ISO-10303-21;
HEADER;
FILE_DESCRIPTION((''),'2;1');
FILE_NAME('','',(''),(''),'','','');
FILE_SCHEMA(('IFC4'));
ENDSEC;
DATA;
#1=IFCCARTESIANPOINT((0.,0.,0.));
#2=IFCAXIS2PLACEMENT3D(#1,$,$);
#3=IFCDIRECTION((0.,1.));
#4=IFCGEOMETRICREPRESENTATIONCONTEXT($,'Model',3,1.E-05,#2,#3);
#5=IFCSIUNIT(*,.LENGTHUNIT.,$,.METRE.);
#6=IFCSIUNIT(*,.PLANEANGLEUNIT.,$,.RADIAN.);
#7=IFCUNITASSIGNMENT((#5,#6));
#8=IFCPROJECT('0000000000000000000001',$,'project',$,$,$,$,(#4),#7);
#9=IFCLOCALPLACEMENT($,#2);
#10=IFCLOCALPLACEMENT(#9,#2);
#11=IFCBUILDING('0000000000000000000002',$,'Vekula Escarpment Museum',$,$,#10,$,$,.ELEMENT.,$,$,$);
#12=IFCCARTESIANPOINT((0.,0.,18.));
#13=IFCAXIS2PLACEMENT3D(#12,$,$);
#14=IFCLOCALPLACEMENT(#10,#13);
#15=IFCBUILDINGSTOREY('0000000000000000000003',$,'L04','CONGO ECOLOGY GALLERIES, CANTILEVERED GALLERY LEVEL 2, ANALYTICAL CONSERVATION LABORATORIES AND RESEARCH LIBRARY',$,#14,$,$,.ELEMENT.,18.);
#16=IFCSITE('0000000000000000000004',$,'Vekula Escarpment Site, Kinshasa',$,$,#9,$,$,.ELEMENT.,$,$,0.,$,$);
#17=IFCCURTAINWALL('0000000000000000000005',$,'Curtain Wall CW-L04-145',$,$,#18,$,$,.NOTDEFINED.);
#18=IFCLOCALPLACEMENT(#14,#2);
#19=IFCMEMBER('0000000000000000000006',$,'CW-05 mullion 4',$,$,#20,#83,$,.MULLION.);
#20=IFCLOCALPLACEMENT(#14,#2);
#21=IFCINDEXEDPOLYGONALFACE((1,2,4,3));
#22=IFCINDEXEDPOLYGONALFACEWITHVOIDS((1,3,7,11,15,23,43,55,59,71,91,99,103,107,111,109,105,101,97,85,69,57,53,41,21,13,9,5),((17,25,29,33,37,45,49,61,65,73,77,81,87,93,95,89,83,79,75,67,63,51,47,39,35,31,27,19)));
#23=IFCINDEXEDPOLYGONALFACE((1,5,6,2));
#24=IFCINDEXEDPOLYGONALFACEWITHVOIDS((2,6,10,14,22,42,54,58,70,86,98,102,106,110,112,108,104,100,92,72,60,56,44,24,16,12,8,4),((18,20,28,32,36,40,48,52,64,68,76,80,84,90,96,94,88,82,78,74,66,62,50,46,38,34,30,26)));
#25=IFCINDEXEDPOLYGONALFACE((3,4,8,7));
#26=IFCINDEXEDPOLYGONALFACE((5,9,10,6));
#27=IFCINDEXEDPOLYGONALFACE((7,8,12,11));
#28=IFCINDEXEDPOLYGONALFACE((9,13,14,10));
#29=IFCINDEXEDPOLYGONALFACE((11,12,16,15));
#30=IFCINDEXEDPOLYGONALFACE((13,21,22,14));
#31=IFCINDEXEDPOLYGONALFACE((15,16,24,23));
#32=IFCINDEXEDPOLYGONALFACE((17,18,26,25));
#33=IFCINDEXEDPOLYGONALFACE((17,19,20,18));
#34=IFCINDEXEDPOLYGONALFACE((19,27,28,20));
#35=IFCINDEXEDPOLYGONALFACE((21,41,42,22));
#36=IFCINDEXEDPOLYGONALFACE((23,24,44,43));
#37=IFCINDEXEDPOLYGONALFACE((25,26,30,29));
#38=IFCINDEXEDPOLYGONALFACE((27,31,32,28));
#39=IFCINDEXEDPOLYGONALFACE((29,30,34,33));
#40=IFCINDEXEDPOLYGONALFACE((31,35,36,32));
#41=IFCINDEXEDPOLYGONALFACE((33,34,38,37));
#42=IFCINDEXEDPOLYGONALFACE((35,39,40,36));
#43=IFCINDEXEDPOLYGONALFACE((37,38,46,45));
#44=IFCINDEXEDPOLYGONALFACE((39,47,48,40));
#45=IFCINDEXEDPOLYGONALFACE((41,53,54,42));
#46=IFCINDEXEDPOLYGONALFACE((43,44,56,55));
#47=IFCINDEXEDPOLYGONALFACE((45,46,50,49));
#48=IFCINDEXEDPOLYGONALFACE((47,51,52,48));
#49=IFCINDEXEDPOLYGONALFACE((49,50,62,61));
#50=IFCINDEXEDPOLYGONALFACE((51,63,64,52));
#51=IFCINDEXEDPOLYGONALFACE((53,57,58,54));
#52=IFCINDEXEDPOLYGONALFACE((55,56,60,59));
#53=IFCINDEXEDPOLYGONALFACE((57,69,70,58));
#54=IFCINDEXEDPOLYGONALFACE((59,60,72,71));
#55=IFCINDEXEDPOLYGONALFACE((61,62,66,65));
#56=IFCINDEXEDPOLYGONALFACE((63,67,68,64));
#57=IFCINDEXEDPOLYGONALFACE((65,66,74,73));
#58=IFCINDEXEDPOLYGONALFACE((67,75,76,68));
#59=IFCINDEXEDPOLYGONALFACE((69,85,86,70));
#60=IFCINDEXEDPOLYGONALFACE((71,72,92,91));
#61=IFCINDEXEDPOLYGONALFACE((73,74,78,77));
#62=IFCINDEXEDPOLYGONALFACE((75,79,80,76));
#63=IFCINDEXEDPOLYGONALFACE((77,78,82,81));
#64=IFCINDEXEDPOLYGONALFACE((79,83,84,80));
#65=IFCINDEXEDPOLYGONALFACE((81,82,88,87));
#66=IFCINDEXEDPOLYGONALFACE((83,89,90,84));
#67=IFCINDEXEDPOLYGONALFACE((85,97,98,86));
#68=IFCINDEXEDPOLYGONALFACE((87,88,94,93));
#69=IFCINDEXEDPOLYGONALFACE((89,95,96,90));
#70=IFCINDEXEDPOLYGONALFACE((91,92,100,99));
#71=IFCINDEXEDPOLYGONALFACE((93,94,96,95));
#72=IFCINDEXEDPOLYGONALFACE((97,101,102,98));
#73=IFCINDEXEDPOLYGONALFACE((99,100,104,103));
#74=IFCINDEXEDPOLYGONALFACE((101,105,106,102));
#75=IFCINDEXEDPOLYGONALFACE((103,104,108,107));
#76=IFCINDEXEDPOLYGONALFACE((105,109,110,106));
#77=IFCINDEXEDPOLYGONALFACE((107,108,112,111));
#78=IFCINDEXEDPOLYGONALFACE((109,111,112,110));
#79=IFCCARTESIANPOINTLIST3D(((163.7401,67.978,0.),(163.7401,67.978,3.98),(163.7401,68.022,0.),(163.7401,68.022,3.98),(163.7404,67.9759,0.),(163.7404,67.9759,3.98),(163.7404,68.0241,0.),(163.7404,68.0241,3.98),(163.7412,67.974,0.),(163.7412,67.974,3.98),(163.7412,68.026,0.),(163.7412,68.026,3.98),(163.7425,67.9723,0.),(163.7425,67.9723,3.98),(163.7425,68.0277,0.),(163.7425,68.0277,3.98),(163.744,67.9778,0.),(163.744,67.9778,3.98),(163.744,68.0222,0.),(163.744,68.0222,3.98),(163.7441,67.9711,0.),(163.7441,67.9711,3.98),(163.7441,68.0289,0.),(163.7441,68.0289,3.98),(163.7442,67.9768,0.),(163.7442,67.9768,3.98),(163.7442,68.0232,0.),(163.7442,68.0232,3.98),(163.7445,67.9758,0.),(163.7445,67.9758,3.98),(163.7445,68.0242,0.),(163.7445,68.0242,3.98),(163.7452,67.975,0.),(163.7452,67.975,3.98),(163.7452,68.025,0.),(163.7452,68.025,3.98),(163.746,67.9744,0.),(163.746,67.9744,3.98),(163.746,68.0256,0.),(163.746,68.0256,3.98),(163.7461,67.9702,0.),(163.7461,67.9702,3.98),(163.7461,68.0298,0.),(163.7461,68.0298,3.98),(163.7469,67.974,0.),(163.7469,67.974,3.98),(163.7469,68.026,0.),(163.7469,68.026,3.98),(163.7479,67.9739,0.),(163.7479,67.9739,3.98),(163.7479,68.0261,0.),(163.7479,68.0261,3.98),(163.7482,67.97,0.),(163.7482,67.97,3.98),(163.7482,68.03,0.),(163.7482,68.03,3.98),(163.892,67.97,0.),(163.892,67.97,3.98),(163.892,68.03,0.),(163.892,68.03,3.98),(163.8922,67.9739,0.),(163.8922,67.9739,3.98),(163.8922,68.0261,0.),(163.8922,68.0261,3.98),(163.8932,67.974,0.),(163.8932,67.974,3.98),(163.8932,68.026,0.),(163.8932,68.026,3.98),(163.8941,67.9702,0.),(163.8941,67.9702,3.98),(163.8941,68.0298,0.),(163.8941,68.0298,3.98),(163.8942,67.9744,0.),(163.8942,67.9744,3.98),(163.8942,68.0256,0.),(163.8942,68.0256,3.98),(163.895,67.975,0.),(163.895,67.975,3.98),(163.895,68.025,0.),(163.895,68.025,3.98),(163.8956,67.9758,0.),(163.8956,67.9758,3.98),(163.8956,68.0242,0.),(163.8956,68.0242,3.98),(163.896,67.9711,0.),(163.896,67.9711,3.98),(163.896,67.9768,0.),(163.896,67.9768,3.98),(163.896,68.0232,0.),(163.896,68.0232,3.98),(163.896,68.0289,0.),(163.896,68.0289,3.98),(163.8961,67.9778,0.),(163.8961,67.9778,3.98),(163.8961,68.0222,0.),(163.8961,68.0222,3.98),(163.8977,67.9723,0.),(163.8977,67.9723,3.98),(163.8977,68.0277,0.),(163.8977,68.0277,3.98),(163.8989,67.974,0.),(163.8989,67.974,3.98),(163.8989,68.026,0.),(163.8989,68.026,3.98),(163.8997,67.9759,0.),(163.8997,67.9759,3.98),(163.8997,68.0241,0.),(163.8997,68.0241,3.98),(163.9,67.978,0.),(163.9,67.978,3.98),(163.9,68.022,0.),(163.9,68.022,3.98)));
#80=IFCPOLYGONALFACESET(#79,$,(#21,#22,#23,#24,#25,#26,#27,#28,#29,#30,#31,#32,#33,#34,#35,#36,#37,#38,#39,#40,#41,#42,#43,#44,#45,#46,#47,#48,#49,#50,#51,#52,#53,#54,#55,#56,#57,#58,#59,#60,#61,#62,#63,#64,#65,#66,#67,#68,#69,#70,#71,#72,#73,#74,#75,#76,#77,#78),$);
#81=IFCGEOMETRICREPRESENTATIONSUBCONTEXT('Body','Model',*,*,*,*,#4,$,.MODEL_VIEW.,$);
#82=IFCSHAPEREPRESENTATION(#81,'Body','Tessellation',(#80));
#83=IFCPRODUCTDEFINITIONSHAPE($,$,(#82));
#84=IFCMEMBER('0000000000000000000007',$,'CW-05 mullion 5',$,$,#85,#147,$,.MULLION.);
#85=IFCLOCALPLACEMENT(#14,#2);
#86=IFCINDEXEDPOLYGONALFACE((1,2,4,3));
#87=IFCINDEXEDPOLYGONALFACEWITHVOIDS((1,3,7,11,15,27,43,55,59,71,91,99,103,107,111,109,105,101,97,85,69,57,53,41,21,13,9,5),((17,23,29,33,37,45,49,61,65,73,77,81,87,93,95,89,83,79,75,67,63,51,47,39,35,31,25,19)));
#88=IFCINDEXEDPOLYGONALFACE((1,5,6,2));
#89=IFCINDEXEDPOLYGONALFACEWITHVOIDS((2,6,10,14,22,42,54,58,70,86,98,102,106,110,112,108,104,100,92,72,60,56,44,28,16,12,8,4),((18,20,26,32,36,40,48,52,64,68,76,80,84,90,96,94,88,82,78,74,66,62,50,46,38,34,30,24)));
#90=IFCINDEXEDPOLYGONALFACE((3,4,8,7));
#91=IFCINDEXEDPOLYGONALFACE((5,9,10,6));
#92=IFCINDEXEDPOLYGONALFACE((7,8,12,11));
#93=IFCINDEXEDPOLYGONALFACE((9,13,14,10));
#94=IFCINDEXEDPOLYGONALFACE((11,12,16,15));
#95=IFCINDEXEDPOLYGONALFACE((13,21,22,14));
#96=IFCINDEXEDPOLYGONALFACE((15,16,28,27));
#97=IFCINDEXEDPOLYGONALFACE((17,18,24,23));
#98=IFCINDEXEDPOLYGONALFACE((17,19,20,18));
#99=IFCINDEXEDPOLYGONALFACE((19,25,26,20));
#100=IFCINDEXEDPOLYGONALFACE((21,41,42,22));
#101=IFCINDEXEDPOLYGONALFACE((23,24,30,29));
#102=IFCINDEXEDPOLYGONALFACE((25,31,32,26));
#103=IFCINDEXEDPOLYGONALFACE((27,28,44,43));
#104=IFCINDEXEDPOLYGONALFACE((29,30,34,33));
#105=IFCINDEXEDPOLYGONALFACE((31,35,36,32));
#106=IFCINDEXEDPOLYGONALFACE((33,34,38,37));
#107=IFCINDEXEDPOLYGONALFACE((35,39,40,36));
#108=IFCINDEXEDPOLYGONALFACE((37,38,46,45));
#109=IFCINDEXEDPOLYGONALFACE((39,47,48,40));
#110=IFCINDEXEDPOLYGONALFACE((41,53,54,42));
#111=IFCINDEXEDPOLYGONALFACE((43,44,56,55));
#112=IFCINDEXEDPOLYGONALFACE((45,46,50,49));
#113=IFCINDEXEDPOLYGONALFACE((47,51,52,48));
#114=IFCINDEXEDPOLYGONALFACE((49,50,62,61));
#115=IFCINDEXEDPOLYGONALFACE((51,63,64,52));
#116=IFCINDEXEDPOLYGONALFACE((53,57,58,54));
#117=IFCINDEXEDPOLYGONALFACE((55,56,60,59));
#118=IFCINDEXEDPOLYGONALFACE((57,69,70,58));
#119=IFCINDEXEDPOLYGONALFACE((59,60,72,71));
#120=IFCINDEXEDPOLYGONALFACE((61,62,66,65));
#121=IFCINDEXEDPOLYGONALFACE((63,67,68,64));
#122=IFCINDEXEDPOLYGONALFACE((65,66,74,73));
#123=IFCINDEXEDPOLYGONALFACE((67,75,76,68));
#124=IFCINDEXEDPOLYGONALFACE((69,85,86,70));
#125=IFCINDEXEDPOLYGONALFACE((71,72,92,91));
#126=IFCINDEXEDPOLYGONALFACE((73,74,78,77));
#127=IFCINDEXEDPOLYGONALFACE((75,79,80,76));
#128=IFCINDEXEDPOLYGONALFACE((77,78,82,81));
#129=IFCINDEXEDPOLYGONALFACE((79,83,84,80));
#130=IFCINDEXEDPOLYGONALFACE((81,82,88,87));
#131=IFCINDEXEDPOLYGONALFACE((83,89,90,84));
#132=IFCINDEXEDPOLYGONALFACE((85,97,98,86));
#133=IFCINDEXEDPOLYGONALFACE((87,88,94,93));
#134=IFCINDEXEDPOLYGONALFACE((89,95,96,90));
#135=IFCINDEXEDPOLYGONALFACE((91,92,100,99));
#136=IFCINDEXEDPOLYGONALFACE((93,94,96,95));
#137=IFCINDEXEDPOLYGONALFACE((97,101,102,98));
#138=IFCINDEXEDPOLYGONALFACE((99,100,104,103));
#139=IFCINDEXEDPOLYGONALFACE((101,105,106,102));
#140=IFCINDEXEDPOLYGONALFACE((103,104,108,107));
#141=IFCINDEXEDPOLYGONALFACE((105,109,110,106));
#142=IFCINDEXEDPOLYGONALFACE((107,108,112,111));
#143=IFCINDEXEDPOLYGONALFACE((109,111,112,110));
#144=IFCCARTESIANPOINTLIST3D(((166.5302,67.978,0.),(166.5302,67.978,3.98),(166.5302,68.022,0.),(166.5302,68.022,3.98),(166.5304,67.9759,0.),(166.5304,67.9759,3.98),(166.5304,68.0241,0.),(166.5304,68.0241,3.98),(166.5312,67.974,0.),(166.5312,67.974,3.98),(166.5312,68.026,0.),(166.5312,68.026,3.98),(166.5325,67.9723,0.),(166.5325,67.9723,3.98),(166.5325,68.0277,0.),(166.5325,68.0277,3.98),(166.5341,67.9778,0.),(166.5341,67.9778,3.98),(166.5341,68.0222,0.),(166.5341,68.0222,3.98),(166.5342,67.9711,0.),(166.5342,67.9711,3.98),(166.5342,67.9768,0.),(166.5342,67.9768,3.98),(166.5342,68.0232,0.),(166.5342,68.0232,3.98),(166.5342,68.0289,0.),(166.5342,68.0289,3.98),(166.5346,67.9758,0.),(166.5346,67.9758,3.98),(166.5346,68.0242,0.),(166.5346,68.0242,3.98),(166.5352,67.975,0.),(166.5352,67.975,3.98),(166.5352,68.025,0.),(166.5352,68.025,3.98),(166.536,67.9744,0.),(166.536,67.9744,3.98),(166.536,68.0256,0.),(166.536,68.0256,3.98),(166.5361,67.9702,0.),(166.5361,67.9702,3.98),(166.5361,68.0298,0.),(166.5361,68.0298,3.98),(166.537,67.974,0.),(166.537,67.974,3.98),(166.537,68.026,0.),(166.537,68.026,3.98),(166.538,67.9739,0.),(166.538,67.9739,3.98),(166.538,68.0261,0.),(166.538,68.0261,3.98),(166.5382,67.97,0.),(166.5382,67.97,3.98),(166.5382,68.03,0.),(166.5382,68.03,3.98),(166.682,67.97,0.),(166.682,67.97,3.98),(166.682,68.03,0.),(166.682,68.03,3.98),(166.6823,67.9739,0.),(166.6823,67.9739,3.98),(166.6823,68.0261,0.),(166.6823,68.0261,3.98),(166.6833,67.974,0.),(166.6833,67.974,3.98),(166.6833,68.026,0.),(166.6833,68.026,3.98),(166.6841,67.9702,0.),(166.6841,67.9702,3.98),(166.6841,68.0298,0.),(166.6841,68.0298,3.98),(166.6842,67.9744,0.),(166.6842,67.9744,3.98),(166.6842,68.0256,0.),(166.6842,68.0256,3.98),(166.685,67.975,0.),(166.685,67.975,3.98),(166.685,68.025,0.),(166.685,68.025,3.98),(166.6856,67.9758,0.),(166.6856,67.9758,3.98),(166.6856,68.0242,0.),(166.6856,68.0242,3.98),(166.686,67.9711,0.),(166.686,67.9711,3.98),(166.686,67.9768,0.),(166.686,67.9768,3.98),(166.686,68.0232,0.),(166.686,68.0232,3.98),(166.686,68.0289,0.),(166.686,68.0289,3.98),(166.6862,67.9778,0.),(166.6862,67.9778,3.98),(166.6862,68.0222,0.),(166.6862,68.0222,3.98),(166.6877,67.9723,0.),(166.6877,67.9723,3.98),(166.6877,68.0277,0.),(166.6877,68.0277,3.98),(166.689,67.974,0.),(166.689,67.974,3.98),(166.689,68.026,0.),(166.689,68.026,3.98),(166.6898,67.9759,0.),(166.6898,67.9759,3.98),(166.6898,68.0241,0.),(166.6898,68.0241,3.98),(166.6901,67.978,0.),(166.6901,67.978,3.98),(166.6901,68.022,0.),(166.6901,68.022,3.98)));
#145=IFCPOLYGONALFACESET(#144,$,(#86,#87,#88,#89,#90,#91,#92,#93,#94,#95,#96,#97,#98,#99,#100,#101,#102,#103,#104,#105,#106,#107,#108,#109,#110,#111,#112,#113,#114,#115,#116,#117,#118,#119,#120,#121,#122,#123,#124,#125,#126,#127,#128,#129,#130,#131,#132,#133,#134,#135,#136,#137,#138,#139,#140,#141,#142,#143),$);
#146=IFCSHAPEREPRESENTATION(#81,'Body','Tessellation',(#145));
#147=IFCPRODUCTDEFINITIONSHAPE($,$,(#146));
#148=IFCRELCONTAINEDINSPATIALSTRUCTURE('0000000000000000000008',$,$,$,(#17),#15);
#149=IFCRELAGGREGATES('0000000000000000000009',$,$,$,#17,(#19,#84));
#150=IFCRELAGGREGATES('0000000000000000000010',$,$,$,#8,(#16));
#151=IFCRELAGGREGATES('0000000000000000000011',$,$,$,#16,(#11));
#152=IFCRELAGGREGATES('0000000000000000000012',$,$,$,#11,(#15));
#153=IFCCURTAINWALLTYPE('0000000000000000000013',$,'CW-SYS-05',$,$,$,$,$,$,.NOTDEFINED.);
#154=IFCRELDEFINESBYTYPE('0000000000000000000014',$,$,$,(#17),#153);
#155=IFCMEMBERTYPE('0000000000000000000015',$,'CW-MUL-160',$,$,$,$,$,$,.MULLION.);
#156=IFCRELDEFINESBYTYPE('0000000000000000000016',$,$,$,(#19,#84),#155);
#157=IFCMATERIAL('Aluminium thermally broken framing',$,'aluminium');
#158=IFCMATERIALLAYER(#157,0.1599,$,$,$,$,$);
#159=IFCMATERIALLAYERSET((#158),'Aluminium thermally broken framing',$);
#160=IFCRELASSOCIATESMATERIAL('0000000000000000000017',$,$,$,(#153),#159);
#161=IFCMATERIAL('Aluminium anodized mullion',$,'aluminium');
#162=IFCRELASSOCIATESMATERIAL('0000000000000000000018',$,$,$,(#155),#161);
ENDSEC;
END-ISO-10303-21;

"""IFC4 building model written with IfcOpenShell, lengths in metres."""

from ifc_helpers import new_model, si_unit, direction, frame, origin, origin_2d, place, context, subcontext, project, spatial, hollow_rectangle, extrude, material, layer, layer_set, material_profile, profile_set, type_object, element, aggregate, save


model = new_model("IFC4")

# Units and contexts
model_context = context("Model", 3, precision=1e-05, world=origin(), true_north=direction((0.0, 1.0)))
body_context = subcontext(model_context, "Body", "Model", "MODEL_VIEW")
ifc_project = project(units=[si_unit("LENGTHUNIT", "METRE"), si_unit("PLANEANGLEUNIT", "RADIAN")], contexts=[model_context])

# Site, building, storey
site_placement = place(None, origin())
site = spatial("IfcSite", under=ifc_project, at=site_placement, Name="Vekula Escarpment Site, Kinshasa", CompositionType="ELEMENT", RefElevation=0.0)
building_placement = place(site_placement, origin())
building = spatial("IfcBuilding", under=site, at=building_placement, Name="Vekula Escarpment Museum", CompositionType="ELEMENT")
storey_placement = place(building_placement, frame((0.0, 0.0, 18.0)))
storey = spatial("IfcBuildingStorey", under=building, at=storey_placement, Name="L04", Description="CONGO ECOLOGY GALLERIES, CANTILEVERED GALLERY LEVEL 2, ANALYTICAL CONSERVATION LABORATORIES AND RESEARCH LIBRARY", CompositionType="ELEMENT", Elevation=18.0)

# Curtain wall, members
ifc_material_1 = material(Name="Aluminium thermally broken framing", Category="aluminium")
ifc_layer_1 = layer(ifc_material_1, 0.1599)
ifc_layer_set_1 = layer_set([ifc_layer_1], Name="Aluminium thermally broken framing")
curtain_wall_type = type_object("IfcCurtainWallType", Name="CW-SYS-05", PredefinedType="NOTDEFINED", material=ifc_layer_set_1)
curtain_wall_placement = place(storey_placement, origin())
curtain_wall = element("IfcCurtainWall", 1, at=curtain_wall_placement, inside=storey, type_object=curtain_wall_type, Name="Curtain Wall CW-L04-145", PredefinedType="NOTDEFINED")
ifc_material_2 = material(Name="Aluminium anodized mullion", Category="aluminium")
ifc_material_profile_1 = material_profile(ifc_material_2, hollow_rectangle(XDim=0.0601, YDim=0.1599, WallThickness=0.0039, InnerFilletRadius=0.0039, OuterFilletRadius=0.0081, at=origin_2d()), Name="ALU 160x60x4")
ifc_profile_set_1 = profile_set([ifc_material_profile_1], Name="Aluminium anodized mullion")
member_type_1 = type_object("IfcMemberType", Name="CW-MUL-160", PredefinedType="MULLION", material=ifc_profile_set_1)
member_1_placement = place(storey_placement, frame((163.8201, 68.0, 0.0), z_axis=(0.0, 0.0, 1.0), x_axis=(0.0, 1.0, 0.0)))
member_1 = element("IfcMember", 2, at=member_1_placement, type_object=member_type_1, Name="CW-05 mullion 4", PredefinedType="MULLION", context=body_context, shape_type="SweptSolid", body=[
    extrude(hollow_rectangle(XDim=0.0601, YDim=0.1599, WallThickness=0.0039, InnerFilletRadius=0.0039, OuterFilletRadius=0.0081, at=origin_2d()), origin(), (0.0, 0.0, 1.0), 3.98),
])
member_2_placement = place(storey_placement, frame((166.6101, 68.0, 0.0), z_axis=(0.0, 0.0, 1.0), x_axis=(0.0, 1.0, 0.0)))
member_2 = element("IfcMember", 3, at=member_2_placement, type_object=member_type_1, Name="CW-05 mullion 5", PredefinedType="MULLION", context=body_context, shape_type="SweptSolid", body=[
    extrude(hollow_rectangle(XDim=0.0601, YDim=0.1599, WallThickness=0.0039, InnerFilletRadius=0.0039, OuterFilletRadius=0.0081, at=origin_2d()), origin(), (0.0, 0.0, 1.0), 3.98),
])
aggregate(curtain_wall, [member_1, member_2])

save(model, "model.ifc")
